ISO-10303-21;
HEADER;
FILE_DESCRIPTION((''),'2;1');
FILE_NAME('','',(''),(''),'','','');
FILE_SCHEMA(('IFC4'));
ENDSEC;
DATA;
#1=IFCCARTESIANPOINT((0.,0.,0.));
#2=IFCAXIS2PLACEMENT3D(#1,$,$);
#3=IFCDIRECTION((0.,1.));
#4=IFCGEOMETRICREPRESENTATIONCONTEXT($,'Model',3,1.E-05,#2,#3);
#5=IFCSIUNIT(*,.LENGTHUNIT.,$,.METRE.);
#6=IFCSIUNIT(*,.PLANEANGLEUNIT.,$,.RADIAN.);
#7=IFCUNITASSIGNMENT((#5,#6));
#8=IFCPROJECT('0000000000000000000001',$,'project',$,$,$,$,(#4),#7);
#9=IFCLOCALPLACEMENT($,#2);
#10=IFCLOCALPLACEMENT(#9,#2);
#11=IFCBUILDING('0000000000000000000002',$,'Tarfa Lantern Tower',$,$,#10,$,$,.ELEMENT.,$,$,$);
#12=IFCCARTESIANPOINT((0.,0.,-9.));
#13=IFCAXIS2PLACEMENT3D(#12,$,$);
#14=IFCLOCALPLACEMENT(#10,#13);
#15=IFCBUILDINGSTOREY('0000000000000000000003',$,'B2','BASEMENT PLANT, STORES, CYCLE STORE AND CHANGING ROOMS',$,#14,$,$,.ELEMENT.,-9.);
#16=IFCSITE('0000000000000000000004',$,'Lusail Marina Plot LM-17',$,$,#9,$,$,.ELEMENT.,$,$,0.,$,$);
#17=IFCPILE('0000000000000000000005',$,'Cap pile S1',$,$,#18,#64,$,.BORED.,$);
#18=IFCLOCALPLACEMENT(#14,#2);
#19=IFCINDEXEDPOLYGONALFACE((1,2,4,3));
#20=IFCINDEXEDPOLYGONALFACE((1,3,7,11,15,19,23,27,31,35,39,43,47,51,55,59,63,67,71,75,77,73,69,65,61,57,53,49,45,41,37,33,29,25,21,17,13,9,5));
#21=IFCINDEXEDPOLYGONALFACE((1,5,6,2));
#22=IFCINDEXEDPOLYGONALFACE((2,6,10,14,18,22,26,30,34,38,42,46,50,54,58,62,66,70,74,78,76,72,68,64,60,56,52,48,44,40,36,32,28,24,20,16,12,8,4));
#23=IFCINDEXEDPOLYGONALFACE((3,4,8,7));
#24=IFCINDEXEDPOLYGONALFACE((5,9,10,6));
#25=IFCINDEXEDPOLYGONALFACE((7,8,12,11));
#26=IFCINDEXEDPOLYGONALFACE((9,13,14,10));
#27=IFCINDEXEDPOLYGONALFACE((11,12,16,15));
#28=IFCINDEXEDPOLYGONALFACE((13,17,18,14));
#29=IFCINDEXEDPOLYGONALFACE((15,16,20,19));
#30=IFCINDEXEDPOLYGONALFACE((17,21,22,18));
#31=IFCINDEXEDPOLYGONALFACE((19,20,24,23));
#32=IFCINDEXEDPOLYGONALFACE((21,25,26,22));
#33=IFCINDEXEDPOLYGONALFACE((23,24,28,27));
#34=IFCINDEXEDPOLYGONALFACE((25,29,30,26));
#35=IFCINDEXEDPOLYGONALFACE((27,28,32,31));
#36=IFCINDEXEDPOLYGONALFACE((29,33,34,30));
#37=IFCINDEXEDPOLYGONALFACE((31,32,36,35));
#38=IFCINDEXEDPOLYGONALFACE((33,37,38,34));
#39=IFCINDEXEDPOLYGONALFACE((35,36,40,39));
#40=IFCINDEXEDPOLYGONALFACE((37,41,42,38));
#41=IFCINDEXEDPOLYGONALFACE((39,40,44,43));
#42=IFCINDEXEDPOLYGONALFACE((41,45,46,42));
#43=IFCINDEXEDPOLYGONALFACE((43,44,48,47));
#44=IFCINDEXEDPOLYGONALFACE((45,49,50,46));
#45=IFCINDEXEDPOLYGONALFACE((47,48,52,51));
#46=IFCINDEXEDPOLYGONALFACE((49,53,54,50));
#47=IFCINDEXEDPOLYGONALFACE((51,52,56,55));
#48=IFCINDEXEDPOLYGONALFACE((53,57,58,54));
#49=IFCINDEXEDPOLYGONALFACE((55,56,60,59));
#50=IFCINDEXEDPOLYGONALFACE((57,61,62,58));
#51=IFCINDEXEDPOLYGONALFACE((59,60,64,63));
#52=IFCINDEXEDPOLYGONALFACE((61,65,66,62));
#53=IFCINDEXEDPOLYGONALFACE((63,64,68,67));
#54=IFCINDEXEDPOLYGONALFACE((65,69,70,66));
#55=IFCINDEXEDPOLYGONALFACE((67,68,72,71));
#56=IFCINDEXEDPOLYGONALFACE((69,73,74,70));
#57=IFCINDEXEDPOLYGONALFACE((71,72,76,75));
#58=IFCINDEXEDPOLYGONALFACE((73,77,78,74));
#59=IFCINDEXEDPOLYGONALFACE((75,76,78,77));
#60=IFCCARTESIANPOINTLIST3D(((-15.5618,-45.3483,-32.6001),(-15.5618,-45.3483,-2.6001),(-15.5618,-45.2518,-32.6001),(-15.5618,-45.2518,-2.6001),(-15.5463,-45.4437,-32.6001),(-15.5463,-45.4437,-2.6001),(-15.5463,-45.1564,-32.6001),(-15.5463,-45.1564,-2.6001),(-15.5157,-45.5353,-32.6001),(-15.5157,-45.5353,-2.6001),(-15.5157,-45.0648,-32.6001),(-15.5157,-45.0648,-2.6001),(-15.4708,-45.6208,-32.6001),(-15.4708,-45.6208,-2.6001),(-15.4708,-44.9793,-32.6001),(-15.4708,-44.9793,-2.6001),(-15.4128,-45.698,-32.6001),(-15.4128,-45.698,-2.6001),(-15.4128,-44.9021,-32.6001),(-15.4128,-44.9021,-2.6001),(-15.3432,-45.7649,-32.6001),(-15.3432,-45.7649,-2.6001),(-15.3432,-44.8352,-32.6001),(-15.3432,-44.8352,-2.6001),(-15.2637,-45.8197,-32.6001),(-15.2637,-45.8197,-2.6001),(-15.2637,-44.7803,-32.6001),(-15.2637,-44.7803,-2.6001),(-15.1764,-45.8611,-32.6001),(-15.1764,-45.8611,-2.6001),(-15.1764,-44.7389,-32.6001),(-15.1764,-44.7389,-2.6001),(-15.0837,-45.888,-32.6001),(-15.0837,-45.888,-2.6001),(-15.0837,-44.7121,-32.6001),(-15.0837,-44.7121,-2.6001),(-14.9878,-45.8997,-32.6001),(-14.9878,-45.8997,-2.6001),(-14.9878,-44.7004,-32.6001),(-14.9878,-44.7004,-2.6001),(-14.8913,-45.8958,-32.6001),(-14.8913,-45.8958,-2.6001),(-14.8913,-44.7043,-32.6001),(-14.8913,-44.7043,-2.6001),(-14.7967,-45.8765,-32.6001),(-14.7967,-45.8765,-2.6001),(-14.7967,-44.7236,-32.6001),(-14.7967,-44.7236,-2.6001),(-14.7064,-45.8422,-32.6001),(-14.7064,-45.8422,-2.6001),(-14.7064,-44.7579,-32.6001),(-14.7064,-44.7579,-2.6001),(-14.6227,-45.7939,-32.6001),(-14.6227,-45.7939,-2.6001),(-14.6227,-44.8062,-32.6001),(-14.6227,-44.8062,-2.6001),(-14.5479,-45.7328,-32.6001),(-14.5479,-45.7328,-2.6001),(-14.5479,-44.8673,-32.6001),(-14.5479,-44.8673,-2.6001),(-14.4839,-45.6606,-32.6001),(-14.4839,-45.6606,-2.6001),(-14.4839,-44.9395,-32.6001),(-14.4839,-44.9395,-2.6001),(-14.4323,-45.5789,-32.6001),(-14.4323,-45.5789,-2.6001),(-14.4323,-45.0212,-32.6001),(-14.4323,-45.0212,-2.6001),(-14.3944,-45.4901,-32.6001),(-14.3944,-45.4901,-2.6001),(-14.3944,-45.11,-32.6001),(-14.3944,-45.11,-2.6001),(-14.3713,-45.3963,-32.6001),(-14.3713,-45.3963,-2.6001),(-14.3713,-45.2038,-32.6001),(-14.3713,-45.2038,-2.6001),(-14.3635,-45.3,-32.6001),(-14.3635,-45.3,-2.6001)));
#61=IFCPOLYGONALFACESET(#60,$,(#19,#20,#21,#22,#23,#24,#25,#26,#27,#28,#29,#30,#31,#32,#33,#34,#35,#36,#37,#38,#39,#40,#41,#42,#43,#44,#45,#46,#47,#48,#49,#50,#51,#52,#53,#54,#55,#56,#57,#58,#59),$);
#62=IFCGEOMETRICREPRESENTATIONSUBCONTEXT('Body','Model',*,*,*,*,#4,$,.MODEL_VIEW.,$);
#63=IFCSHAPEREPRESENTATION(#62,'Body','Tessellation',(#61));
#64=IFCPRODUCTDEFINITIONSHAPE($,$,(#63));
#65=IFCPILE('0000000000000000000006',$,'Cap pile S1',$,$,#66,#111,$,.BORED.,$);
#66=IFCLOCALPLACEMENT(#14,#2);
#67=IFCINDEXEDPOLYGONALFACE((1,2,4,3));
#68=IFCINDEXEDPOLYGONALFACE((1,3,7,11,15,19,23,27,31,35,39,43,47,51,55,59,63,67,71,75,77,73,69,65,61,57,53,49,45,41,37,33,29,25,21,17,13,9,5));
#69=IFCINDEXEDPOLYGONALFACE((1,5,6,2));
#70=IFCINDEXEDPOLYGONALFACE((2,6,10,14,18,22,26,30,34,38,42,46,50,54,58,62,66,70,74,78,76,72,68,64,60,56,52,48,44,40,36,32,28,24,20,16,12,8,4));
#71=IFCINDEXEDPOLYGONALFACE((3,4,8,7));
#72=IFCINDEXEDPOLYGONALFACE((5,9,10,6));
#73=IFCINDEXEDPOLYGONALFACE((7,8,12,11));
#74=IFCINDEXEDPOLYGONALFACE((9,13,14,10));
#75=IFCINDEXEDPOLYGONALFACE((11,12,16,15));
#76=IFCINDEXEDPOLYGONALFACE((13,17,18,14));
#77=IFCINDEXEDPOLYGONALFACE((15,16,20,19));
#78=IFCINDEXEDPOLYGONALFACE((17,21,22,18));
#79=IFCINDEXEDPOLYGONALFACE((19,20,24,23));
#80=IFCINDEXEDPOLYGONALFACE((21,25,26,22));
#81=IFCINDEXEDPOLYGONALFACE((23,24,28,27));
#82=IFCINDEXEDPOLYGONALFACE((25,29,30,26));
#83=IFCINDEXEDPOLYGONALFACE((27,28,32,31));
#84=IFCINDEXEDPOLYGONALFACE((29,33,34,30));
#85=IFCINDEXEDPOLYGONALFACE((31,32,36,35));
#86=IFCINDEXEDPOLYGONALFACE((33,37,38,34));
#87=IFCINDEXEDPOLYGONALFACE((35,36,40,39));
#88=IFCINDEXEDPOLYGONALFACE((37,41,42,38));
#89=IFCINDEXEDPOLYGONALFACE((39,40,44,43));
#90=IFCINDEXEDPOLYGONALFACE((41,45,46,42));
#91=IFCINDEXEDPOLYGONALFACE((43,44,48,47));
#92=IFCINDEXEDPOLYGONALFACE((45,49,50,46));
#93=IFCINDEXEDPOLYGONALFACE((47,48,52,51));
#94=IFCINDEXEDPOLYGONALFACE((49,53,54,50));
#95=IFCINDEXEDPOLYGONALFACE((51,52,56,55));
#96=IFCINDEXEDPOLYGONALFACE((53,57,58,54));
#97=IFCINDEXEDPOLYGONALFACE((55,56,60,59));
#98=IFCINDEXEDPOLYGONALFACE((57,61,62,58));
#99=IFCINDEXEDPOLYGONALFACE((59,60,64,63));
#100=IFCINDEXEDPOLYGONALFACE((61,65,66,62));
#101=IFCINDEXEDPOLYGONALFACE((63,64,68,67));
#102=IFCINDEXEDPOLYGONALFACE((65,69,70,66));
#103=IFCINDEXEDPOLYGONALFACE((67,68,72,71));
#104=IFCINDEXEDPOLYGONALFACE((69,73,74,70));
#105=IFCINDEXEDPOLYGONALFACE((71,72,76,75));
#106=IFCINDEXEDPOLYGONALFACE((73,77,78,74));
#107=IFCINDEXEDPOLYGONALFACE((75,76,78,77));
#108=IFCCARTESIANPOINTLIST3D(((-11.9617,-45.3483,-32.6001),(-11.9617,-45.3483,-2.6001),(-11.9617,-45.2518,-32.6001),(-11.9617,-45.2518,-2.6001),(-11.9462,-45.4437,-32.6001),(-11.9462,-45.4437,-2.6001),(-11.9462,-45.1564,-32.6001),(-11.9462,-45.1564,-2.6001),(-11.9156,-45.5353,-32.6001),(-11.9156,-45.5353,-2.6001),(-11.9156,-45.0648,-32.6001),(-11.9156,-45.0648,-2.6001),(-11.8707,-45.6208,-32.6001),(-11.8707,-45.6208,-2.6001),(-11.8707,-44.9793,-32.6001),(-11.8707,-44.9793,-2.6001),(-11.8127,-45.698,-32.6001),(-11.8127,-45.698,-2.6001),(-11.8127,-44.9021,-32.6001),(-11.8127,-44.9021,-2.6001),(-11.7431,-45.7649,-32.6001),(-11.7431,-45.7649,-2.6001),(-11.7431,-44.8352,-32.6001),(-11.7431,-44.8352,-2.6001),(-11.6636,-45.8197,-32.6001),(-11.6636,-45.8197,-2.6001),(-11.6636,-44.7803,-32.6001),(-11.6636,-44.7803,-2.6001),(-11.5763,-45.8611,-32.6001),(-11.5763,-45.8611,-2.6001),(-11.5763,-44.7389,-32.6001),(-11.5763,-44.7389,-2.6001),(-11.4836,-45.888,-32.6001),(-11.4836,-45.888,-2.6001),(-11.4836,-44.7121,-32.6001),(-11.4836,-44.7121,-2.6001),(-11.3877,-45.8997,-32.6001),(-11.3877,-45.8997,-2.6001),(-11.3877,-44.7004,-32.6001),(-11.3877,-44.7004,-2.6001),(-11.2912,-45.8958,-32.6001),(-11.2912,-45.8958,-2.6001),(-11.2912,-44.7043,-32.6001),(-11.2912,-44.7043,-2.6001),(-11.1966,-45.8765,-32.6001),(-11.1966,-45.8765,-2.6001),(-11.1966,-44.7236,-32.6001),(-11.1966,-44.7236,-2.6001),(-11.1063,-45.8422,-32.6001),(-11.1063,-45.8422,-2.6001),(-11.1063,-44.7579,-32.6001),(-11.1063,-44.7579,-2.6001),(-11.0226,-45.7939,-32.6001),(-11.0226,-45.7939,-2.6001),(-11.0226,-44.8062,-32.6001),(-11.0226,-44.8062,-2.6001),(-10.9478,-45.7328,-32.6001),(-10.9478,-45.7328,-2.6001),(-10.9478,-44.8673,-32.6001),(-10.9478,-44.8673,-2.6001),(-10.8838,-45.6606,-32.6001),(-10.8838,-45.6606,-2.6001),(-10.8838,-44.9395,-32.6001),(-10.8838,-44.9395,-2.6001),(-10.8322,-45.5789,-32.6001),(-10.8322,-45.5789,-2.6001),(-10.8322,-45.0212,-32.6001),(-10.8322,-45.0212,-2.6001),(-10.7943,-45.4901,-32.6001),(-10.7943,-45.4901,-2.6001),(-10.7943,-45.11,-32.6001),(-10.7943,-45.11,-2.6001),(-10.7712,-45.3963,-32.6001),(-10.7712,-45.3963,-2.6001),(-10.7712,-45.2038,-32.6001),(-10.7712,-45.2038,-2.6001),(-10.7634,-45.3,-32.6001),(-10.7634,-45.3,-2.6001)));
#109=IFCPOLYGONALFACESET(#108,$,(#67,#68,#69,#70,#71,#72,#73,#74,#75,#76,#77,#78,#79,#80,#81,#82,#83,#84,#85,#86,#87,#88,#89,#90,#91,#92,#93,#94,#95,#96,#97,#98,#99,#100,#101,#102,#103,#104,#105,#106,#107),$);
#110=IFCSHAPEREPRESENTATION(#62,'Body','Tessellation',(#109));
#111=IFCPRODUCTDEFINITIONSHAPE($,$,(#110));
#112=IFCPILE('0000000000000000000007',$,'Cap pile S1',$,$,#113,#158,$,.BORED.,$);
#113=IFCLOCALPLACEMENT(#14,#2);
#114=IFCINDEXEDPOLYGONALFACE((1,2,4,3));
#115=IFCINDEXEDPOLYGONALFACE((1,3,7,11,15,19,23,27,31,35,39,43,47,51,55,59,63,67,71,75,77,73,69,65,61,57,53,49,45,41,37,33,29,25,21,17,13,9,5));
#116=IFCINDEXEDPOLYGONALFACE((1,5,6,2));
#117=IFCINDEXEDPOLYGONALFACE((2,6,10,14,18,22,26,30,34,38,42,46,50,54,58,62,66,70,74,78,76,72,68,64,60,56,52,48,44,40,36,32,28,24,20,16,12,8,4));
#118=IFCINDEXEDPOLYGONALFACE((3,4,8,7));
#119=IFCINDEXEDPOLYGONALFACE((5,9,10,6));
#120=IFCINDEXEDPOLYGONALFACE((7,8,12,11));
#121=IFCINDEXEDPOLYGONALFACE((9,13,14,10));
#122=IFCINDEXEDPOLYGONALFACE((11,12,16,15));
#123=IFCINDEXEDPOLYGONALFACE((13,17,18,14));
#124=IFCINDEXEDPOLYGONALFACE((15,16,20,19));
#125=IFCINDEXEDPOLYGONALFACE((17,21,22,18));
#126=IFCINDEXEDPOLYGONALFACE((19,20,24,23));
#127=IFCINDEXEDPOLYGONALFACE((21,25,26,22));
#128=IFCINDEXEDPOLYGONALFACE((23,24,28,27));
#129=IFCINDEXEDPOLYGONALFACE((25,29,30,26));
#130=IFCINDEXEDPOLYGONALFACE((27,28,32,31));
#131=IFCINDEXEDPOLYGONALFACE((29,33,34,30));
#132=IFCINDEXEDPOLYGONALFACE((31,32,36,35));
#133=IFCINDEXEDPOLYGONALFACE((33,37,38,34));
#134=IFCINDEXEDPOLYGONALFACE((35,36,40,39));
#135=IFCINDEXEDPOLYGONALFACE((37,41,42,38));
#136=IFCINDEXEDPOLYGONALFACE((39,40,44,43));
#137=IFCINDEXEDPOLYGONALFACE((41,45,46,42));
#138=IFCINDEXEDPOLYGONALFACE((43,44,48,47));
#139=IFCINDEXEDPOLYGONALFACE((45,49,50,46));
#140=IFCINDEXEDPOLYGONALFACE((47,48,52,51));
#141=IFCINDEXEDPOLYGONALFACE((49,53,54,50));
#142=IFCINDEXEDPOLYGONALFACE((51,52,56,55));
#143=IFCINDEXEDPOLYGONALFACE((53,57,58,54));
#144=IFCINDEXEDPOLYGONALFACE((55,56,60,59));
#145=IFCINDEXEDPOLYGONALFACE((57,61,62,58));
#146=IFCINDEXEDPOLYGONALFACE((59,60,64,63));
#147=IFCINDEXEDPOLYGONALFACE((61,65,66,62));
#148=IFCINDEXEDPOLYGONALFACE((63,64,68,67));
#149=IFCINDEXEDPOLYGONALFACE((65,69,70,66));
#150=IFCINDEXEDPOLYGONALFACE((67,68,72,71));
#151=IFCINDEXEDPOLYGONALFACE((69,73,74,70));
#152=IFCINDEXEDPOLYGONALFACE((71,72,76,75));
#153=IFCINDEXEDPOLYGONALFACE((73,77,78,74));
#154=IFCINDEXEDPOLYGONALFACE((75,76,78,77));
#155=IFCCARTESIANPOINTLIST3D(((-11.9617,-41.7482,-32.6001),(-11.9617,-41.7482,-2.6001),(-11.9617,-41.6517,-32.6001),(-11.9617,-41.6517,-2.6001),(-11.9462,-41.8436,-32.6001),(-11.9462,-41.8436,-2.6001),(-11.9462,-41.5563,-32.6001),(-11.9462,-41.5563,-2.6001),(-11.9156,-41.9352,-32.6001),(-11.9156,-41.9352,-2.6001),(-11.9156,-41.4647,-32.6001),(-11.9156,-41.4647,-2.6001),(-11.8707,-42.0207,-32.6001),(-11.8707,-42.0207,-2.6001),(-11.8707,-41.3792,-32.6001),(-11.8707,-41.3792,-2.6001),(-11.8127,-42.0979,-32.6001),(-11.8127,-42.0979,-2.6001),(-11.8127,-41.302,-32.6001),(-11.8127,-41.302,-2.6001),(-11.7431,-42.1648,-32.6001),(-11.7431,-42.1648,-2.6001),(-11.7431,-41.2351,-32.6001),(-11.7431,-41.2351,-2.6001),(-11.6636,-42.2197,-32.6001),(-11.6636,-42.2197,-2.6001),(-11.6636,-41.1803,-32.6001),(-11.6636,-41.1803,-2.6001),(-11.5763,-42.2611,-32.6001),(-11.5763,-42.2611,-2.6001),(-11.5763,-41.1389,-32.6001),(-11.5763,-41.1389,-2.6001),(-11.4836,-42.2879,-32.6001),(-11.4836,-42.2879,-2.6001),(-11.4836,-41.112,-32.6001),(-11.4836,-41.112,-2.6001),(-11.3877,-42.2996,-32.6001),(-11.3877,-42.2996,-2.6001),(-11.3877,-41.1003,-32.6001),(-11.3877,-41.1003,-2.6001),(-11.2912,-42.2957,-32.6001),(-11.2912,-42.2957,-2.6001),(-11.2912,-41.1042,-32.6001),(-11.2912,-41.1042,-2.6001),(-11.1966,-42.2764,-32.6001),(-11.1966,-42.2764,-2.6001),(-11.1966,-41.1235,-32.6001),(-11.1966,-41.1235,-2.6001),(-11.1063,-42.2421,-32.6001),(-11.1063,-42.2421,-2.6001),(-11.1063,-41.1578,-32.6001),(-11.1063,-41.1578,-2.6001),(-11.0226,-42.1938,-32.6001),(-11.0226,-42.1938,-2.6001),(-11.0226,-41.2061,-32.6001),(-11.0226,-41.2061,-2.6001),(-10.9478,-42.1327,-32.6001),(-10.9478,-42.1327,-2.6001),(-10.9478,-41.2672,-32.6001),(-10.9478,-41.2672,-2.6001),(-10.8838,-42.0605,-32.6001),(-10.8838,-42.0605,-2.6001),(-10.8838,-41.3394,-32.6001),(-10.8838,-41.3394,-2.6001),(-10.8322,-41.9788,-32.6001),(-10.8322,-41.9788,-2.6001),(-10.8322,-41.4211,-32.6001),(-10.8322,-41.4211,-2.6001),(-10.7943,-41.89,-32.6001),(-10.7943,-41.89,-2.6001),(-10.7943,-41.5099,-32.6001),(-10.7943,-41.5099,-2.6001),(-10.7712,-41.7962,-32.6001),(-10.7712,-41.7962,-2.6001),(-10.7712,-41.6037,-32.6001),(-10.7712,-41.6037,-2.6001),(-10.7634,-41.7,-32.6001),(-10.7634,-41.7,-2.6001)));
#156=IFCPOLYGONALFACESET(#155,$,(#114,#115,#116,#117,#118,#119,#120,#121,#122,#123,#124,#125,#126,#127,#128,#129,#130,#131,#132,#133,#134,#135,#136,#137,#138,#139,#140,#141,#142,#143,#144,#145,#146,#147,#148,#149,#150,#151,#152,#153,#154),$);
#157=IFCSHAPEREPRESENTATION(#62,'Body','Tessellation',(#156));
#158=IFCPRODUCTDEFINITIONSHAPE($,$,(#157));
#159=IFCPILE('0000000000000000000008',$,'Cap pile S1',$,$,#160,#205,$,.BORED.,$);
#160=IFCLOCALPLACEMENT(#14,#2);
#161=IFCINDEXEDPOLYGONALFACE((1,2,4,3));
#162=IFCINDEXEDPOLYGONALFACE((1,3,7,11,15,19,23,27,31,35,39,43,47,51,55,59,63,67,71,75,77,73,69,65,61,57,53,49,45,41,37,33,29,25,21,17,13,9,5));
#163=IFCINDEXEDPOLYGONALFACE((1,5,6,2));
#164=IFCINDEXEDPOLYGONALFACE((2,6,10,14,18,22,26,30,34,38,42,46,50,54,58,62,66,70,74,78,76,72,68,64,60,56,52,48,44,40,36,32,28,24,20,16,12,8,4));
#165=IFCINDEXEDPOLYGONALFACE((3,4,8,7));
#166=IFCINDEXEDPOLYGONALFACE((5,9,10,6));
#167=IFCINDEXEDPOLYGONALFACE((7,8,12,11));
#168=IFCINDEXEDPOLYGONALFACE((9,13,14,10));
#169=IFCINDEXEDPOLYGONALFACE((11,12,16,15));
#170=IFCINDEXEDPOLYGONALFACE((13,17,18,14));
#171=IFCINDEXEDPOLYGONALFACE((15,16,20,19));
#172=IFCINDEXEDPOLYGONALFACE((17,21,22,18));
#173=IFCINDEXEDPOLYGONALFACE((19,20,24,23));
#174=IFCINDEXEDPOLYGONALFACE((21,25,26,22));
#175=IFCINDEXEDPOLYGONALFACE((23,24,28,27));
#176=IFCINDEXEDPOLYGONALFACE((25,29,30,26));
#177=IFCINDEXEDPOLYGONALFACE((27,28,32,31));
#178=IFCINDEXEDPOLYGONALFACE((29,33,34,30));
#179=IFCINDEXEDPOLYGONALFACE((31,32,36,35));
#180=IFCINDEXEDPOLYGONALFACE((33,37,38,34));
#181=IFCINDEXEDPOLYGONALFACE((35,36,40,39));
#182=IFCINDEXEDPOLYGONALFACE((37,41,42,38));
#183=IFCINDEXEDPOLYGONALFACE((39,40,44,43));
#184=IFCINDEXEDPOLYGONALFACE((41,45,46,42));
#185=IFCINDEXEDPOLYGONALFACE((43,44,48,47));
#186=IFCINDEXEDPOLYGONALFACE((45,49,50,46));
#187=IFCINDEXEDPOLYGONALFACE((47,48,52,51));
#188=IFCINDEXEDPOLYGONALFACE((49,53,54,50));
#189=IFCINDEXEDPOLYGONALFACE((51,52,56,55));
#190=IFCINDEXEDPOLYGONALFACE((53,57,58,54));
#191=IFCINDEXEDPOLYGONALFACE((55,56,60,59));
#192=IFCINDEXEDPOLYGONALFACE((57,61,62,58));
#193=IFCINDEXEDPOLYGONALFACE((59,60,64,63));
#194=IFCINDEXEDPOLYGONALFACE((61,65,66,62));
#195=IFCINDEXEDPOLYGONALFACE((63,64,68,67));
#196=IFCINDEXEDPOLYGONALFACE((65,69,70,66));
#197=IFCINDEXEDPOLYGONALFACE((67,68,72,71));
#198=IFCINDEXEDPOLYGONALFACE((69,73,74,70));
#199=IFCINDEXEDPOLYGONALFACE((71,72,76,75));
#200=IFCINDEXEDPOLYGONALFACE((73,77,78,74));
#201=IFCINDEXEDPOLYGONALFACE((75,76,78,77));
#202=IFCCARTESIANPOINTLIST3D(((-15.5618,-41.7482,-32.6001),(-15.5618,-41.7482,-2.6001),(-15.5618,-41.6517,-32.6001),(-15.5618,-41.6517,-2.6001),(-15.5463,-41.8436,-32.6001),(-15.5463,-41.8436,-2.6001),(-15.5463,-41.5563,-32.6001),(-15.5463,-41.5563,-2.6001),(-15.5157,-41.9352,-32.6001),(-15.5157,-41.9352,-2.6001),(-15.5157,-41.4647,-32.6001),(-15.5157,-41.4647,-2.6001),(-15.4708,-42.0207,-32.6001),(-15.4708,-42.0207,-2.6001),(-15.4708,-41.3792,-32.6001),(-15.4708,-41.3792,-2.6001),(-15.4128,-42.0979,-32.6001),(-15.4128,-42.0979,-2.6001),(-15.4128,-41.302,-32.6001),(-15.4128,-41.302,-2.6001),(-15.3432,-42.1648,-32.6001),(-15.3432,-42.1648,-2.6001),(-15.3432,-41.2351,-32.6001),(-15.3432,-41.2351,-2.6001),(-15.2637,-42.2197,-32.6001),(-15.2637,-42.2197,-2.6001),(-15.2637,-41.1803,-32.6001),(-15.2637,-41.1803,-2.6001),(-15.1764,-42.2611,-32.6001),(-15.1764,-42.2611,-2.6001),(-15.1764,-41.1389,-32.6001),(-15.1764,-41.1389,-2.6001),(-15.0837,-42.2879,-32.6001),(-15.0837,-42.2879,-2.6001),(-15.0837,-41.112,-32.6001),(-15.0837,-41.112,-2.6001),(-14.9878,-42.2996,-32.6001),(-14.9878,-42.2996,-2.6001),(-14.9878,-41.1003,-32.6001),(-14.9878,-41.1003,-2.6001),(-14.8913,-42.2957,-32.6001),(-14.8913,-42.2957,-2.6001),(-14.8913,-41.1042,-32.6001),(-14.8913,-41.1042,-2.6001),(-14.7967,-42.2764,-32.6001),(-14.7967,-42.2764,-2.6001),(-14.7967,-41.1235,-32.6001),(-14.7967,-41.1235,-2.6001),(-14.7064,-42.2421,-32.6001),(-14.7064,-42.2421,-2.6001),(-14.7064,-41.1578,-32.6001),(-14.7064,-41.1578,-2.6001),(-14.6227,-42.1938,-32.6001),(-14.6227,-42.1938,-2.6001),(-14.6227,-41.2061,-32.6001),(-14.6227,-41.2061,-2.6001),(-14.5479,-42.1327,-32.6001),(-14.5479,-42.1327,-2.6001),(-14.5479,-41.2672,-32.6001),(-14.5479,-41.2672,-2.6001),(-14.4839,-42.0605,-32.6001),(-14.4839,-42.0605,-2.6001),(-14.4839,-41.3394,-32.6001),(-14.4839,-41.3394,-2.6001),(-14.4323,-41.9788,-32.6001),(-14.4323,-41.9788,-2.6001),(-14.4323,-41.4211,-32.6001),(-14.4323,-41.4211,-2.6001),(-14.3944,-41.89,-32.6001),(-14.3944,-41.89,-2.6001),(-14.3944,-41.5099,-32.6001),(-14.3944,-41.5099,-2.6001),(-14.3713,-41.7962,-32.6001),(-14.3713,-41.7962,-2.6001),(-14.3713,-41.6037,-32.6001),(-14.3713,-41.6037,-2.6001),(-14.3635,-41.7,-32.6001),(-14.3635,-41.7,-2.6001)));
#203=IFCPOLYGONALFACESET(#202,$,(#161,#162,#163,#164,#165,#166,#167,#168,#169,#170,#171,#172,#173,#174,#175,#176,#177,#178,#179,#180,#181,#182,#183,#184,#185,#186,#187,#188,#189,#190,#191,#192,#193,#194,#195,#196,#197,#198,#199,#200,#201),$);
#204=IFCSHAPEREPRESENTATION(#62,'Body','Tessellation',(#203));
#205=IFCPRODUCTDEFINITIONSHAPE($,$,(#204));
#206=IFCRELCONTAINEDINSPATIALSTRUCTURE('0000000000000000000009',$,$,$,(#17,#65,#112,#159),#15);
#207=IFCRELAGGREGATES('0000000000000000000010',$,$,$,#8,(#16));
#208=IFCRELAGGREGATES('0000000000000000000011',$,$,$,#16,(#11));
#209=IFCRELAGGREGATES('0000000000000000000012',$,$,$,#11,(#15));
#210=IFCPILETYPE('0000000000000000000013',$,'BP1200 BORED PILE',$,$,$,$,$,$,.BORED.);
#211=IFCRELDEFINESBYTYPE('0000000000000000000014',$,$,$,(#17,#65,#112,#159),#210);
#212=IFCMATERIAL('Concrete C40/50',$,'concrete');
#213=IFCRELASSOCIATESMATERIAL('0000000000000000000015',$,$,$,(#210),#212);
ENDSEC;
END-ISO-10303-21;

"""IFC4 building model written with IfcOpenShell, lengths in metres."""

from ifc_helpers import new_model, si_unit, direction, frame, origin, origin_2d, place, context, subcontext, project, spatial, circle, extrude, material, material_profile, profile_set, type_object, element, save


model = new_model("IFC4")

# Units and contexts
model_context = context("Model", 3, precision=1e-05, world=origin(), true_north=direction((0.0, 1.0)))
body_context = subcontext(model_context, "Body", "Model", "MODEL_VIEW")
ifc_project = project(units=[si_unit("LENGTHUNIT", "METRE"), si_unit("PLANEANGLEUNIT", "RADIAN")], contexts=[model_context])

# Site, building, storey
site_placement = place(None, origin())
site = spatial("IfcSite", under=ifc_project, at=site_placement, Name="Lusail Marina Plot LM-17", CompositionType="ELEMENT", RefElevation=0.0)
building_placement = place(site_placement, origin())
building = spatial("IfcBuilding", under=site, at=building_placement, Name="Tarfa Lantern Tower", CompositionType="ELEMENT")
storey_placement = place(building_placement, frame((0.0, 0.0, -9.0)))
storey = spatial("IfcBuildingStorey", under=building, at=storey_placement, Name="B2", Description="BASEMENT PLANT, STORES, CYCLE STORE AND CHANGING ROOMS", CompositionType="ELEMENT", Elevation=-9.0)

# Piles
ifc_material_1 = material(Name="Concrete C40/50", Category="concrete")
ifc_material_profile_1 = material_profile(ifc_material_1, circle(Radius=0.6001, at=origin_2d()), Name="BORED PILE D1200")
ifc_profile_set_1 = profile_set([ifc_material_profile_1], Name="Concrete C40/50")
pile_type_1 = type_object("IfcPileType", Name="BP1200 BORED PILE", PredefinedType="BORED", material=ifc_profile_set_1)
for number, where, z_axis, x_axis, name in (
    (1, (-14.9636, -45.3, -2.6001), (0.0, 0.0, -1.0), (1.0, 0.0, 0.0), "Cap pile S1"),
    (2, (-11.3635, -45.3, -2.6001), (0.0, 0.0, -1.0), (1.0, 0.0, 0.0), "Cap pile S1"),
    (3, (-11.3635, -41.7, -2.6001), (0.0, 0.0, -1.0), (1.0, 0.0, 0.0), "Cap pile S1"),
    (4, (-14.9636, -41.7, -2.6001), (0.0, 0.0, -1.0), (1.0, 0.0, 0.0), "Cap pile S1"),
):
    element("IfcPile", number, at=place(storey_placement, frame(where, z_axis=z_axis, x_axis=x_axis)), inside=storey, type_object=pile_type_1, Name=name, PredefinedType="BORED", context=body_context, shape_type="SweptSolid", body=[
        extrude(circle(Radius=0.6001, at=origin_2d()), origin(), (0.0, 0.0, 1.0), 30.0),
    ])

save(model, "model.ifc")
